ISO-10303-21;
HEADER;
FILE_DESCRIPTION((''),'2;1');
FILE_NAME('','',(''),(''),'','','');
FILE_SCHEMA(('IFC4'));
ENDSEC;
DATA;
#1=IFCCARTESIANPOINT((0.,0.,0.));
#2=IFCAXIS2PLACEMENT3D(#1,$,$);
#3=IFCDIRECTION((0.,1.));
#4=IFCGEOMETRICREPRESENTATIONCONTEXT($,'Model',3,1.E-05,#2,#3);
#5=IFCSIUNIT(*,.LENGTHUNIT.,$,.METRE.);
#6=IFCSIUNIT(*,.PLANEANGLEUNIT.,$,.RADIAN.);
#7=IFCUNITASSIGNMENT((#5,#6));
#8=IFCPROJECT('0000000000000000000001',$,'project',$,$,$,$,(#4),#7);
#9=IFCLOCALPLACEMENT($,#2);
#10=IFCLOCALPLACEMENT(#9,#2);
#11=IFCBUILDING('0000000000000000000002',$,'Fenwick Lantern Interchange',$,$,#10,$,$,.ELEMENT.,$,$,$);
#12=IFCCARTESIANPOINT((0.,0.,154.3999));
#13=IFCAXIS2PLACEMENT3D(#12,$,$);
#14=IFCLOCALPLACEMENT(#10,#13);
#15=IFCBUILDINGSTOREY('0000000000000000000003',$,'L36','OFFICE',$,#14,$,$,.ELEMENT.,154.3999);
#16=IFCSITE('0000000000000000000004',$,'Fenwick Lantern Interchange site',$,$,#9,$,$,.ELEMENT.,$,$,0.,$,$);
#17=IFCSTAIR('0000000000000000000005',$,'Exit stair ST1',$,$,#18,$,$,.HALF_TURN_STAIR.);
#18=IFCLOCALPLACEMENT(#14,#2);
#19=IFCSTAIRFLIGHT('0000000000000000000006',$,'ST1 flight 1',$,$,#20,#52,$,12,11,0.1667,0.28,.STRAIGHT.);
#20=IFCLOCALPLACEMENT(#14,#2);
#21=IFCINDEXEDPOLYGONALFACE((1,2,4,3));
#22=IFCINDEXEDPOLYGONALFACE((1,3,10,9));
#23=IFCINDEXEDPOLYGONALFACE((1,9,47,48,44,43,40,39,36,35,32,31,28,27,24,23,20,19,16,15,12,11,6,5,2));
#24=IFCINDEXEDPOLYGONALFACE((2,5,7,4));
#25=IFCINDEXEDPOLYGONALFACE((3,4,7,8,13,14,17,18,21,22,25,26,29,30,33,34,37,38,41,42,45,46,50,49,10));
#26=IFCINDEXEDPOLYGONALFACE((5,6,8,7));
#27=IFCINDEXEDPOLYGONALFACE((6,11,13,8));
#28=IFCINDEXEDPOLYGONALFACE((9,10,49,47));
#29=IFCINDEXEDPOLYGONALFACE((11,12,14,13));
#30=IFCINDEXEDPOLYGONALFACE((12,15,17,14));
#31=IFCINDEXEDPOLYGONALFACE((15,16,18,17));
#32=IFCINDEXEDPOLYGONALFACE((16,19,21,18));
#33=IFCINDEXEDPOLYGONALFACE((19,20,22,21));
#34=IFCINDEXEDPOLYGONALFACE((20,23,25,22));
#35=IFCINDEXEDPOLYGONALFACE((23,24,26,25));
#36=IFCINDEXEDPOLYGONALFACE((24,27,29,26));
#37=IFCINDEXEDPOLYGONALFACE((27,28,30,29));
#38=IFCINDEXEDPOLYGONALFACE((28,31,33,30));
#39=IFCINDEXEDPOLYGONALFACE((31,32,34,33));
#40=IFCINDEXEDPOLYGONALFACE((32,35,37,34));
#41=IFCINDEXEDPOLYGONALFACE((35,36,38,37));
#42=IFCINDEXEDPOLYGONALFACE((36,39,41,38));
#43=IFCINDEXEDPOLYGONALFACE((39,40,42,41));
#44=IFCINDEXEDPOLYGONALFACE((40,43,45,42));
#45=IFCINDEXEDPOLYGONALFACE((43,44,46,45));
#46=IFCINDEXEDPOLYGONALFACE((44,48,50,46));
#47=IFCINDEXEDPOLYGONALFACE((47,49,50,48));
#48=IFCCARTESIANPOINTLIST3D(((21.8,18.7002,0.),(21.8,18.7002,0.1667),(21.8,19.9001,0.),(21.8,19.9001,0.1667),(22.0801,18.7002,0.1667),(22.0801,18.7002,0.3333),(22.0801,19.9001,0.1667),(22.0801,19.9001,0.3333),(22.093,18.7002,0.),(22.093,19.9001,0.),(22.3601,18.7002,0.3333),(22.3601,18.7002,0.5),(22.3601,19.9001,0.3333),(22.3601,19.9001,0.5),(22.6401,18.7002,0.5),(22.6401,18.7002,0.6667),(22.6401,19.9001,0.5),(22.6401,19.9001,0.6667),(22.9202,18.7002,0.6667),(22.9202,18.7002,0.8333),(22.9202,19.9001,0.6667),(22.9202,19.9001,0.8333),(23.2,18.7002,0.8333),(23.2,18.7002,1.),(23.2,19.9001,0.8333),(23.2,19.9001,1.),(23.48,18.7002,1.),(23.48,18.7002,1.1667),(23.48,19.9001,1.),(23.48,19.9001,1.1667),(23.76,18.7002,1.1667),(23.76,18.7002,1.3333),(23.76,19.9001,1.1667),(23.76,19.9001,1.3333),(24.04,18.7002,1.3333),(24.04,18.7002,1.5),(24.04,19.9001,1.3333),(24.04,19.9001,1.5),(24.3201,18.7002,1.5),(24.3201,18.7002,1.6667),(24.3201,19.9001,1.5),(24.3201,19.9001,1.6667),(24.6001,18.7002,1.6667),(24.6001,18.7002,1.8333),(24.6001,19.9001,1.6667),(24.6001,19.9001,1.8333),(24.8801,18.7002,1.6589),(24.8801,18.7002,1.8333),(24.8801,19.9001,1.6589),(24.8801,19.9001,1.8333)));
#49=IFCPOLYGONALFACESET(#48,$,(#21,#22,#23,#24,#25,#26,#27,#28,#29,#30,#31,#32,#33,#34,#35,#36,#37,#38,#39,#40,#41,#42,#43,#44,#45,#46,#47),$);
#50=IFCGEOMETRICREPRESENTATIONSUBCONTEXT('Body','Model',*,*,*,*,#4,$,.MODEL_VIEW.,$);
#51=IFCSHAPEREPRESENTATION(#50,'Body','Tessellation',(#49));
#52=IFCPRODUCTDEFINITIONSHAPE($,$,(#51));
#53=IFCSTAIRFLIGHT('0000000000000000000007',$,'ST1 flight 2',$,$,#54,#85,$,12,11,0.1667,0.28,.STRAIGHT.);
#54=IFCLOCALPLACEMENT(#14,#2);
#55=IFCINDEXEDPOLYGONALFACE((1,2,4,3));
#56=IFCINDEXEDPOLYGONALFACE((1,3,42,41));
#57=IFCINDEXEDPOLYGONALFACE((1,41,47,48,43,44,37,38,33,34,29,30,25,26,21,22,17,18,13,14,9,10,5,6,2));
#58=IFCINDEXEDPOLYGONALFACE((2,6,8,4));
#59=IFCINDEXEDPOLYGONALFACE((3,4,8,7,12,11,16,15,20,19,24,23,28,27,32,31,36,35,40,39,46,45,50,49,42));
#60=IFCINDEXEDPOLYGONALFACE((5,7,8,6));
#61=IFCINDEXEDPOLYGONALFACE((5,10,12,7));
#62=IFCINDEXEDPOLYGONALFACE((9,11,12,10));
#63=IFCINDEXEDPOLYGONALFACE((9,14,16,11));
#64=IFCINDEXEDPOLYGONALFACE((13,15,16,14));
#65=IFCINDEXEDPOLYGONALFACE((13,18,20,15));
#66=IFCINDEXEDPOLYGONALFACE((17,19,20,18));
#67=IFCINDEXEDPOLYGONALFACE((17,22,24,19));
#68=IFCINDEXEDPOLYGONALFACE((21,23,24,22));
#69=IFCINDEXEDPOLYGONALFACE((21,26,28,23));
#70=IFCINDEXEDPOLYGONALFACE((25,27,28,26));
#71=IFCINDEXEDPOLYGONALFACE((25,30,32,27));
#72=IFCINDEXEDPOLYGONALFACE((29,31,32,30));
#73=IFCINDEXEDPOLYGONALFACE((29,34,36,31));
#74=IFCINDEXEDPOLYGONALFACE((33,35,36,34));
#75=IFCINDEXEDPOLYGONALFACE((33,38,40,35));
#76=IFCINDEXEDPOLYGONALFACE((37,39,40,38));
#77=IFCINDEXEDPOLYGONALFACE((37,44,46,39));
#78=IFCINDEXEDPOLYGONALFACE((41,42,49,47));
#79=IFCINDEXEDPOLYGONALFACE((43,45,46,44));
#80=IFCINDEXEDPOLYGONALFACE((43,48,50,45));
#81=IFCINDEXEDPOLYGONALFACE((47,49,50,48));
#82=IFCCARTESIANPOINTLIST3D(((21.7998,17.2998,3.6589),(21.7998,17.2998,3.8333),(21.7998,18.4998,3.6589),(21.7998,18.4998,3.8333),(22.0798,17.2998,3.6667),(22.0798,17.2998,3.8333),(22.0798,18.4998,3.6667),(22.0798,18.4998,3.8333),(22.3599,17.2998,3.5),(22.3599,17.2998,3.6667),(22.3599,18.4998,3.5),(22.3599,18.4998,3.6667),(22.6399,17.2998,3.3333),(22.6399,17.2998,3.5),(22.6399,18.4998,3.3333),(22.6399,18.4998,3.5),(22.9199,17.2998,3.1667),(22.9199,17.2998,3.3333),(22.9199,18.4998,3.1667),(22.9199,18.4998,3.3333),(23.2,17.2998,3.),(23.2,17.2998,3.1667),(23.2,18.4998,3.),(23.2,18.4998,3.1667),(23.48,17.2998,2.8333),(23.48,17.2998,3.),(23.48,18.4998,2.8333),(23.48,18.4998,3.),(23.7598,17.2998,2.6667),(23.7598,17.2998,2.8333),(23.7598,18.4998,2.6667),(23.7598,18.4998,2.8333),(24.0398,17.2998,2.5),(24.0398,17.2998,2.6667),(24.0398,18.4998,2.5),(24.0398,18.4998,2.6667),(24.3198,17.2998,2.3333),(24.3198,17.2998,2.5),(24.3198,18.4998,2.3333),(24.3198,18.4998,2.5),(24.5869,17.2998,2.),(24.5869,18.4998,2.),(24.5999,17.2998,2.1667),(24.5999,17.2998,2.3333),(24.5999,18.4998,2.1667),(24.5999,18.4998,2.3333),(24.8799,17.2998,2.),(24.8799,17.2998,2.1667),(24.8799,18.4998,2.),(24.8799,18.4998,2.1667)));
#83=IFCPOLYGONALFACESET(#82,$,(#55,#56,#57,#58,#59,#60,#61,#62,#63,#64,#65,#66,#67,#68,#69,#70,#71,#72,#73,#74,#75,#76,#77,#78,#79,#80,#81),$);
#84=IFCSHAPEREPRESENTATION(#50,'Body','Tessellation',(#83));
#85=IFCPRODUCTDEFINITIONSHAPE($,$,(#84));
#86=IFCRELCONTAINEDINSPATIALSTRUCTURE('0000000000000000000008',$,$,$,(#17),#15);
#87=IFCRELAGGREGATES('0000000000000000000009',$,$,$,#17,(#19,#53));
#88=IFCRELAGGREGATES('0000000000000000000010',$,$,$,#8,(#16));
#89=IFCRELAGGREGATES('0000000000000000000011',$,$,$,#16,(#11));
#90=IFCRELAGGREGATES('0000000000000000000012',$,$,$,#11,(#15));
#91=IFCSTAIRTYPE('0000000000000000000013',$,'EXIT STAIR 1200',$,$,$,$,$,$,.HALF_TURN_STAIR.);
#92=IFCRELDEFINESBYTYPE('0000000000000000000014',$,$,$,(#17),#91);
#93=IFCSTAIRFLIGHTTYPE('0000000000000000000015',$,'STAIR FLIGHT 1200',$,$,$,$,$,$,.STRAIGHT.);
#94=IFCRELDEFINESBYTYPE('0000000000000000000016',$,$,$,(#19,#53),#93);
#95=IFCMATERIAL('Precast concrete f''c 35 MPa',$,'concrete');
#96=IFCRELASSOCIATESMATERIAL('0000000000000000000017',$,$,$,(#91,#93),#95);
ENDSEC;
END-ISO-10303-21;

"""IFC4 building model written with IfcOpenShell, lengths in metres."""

from ifc_helpers import new_model, si_unit, direction, frame, origin, place, context, subcontext, project, spatial, polyline, outline, extrude, material, type_object, element, aggregate, save


model = new_model("IFC4")

# Units and contexts
model_context = context("Model", 3, precision=1e-05, world=origin(), true_north=direction((0.0, 1.0)))
body_context = subcontext(model_context, "Body", "Model", "MODEL_VIEW")
ifc_project = project(units=[si_unit("LENGTHUNIT", "METRE"), si_unit("PLANEANGLEUNIT", "RADIAN")], contexts=[model_context])

# Site, building, storey
site_placement = place(None, origin())
site = spatial("IfcSite", under=ifc_project, at=site_placement, Name="Fenwick Lantern Interchange site", CompositionType="ELEMENT", RefElevation=0.0)
building_placement = place(site_placement, origin())
building = spatial("IfcBuilding", under=site, at=building_placement, Name="Fenwick Lantern Interchange", CompositionType="ELEMENT")
storey_placement = place(building_placement, frame((0.0, 0.0, 154.3999)))
storey = spatial("IfcBuildingStorey", under=building, at=storey_placement, Name="L36", Description="OFFICE", CompositionType="ELEMENT", Elevation=154.3999)

# Stair, stair flights
ifc_material_1 = material(Name="Precast concrete f'c 35 MPa", Category="concrete")
stair_type = type_object("IfcStairType", Name="EXIT STAIR 1200", PredefinedType="HALF_TURN_STAIR", material=ifc_material_1)
stair_placement = place(storey_placement, origin())
stair = element("IfcStair", 1, at=stair_placement, inside=storey, type_object=stair_type, Name="Exit stair ST1", PredefinedType="HALF_TURN_STAIR")
stair_flight_type = type_object("IfcStairFlightType", Name="STAIR FLIGHT 1200", PredefinedType="STRAIGHT", material=ifc_material_1)
stair_flight_1_placement = place(storey_placement, frame((21.8, 19.3, 0.0), z_axis=(0.0, 0.0, 1.0), x_axis=(1.0, 0.0, 0.0)))
stair_flight_1 = element("IfcStairFlight", 2, at=stair_flight_1_placement, type_object=stair_flight_type, Name="ST1 flight 1", NumberOfRisers=12, NumberOfTreads=11, PredefinedType="STRAIGHT", RiserHeight=0.1667, TreadLength=0.28, context=body_context, shape_type="SweptSolid", body=[
    extrude(outline(polyline([(0.0, 0.0), (0.0, 0.1667), (0.28, 0.1667), (0.28, 0.3333), (0.5601, 0.3333), (0.5601, 0.5), (0.8401, 0.5), (0.8401, 0.6667), (1.1201, 0.6667), (1.1201, 0.8333), (1.3999, 0.8333), (1.3999, 1.0), (1.6799, 1.0), (1.6799, 1.1667), (1.96, 1.1667), (1.96, 1.3333), (2.24, 1.3333), (2.24, 1.5), (2.52, 1.5), (2.52, 1.6667), (2.8, 1.6667), (2.8, 1.8333), (3.0801, 1.8333), (3.0801, 2.0), (3.0801, 1.6589), (0.293, 0.0), (0.0, 0.0)])), frame((0.0, 0.6001, 0.0), z_axis=(0.0, -1.0, 0.0), x_axis=(1.0, 0.0, 0.0)), (0.0, 0.0, 1.0), 1.2),
])
stair_flight_2_placement = place(storey_placement, frame((24.8799, 17.8999, 2.0), z_axis=(0.0, 0.0, 1.0), x_axis=(-1.0, 0.0, 0.0)))
stair_flight_2 = element("IfcStairFlight", 3, at=stair_flight_2_placement, type_object=stair_flight_type, Name="ST1 flight 2", NumberOfRisers=12, NumberOfTreads=11, PredefinedType="STRAIGHT", RiserHeight=0.1667, TreadLength=0.28, context=body_context, shape_type="SweptSolid", body=[
    extrude(outline(polyline([(0.0, 0.0), (0.0, 0.1667), (0.28, 0.1667), (0.28, 0.3333), (0.5601, 0.3333), (0.5601, 0.5), (0.8401, 0.5), (0.8401, 0.6667), (1.1201, 0.6667), (1.1201, 0.8333), (1.3999, 0.8333), (1.3999, 1.0), (1.6799, 1.0), (1.6799, 1.1667), (1.96, 1.1667), (1.96, 1.3333), (2.24, 1.3333), (2.24, 1.5), (2.52, 1.5), (2.52, 1.6667), (2.8, 1.6667), (2.8, 1.8333), (3.0801, 1.8333), (3.0801, 2.0), (3.0801, 1.6589), (0.293, 0.0), (0.0, 0.0)])), frame((0.0, 0.6001, 0.0), z_axis=(0.0, -1.0, 0.0), x_axis=(1.0, 0.0, 0.0)), (0.0, 0.0, 1.0), 1.2),
])
aggregate(stair, [stair_flight_1, stair_flight_2])

save(model, "model.ifc")
